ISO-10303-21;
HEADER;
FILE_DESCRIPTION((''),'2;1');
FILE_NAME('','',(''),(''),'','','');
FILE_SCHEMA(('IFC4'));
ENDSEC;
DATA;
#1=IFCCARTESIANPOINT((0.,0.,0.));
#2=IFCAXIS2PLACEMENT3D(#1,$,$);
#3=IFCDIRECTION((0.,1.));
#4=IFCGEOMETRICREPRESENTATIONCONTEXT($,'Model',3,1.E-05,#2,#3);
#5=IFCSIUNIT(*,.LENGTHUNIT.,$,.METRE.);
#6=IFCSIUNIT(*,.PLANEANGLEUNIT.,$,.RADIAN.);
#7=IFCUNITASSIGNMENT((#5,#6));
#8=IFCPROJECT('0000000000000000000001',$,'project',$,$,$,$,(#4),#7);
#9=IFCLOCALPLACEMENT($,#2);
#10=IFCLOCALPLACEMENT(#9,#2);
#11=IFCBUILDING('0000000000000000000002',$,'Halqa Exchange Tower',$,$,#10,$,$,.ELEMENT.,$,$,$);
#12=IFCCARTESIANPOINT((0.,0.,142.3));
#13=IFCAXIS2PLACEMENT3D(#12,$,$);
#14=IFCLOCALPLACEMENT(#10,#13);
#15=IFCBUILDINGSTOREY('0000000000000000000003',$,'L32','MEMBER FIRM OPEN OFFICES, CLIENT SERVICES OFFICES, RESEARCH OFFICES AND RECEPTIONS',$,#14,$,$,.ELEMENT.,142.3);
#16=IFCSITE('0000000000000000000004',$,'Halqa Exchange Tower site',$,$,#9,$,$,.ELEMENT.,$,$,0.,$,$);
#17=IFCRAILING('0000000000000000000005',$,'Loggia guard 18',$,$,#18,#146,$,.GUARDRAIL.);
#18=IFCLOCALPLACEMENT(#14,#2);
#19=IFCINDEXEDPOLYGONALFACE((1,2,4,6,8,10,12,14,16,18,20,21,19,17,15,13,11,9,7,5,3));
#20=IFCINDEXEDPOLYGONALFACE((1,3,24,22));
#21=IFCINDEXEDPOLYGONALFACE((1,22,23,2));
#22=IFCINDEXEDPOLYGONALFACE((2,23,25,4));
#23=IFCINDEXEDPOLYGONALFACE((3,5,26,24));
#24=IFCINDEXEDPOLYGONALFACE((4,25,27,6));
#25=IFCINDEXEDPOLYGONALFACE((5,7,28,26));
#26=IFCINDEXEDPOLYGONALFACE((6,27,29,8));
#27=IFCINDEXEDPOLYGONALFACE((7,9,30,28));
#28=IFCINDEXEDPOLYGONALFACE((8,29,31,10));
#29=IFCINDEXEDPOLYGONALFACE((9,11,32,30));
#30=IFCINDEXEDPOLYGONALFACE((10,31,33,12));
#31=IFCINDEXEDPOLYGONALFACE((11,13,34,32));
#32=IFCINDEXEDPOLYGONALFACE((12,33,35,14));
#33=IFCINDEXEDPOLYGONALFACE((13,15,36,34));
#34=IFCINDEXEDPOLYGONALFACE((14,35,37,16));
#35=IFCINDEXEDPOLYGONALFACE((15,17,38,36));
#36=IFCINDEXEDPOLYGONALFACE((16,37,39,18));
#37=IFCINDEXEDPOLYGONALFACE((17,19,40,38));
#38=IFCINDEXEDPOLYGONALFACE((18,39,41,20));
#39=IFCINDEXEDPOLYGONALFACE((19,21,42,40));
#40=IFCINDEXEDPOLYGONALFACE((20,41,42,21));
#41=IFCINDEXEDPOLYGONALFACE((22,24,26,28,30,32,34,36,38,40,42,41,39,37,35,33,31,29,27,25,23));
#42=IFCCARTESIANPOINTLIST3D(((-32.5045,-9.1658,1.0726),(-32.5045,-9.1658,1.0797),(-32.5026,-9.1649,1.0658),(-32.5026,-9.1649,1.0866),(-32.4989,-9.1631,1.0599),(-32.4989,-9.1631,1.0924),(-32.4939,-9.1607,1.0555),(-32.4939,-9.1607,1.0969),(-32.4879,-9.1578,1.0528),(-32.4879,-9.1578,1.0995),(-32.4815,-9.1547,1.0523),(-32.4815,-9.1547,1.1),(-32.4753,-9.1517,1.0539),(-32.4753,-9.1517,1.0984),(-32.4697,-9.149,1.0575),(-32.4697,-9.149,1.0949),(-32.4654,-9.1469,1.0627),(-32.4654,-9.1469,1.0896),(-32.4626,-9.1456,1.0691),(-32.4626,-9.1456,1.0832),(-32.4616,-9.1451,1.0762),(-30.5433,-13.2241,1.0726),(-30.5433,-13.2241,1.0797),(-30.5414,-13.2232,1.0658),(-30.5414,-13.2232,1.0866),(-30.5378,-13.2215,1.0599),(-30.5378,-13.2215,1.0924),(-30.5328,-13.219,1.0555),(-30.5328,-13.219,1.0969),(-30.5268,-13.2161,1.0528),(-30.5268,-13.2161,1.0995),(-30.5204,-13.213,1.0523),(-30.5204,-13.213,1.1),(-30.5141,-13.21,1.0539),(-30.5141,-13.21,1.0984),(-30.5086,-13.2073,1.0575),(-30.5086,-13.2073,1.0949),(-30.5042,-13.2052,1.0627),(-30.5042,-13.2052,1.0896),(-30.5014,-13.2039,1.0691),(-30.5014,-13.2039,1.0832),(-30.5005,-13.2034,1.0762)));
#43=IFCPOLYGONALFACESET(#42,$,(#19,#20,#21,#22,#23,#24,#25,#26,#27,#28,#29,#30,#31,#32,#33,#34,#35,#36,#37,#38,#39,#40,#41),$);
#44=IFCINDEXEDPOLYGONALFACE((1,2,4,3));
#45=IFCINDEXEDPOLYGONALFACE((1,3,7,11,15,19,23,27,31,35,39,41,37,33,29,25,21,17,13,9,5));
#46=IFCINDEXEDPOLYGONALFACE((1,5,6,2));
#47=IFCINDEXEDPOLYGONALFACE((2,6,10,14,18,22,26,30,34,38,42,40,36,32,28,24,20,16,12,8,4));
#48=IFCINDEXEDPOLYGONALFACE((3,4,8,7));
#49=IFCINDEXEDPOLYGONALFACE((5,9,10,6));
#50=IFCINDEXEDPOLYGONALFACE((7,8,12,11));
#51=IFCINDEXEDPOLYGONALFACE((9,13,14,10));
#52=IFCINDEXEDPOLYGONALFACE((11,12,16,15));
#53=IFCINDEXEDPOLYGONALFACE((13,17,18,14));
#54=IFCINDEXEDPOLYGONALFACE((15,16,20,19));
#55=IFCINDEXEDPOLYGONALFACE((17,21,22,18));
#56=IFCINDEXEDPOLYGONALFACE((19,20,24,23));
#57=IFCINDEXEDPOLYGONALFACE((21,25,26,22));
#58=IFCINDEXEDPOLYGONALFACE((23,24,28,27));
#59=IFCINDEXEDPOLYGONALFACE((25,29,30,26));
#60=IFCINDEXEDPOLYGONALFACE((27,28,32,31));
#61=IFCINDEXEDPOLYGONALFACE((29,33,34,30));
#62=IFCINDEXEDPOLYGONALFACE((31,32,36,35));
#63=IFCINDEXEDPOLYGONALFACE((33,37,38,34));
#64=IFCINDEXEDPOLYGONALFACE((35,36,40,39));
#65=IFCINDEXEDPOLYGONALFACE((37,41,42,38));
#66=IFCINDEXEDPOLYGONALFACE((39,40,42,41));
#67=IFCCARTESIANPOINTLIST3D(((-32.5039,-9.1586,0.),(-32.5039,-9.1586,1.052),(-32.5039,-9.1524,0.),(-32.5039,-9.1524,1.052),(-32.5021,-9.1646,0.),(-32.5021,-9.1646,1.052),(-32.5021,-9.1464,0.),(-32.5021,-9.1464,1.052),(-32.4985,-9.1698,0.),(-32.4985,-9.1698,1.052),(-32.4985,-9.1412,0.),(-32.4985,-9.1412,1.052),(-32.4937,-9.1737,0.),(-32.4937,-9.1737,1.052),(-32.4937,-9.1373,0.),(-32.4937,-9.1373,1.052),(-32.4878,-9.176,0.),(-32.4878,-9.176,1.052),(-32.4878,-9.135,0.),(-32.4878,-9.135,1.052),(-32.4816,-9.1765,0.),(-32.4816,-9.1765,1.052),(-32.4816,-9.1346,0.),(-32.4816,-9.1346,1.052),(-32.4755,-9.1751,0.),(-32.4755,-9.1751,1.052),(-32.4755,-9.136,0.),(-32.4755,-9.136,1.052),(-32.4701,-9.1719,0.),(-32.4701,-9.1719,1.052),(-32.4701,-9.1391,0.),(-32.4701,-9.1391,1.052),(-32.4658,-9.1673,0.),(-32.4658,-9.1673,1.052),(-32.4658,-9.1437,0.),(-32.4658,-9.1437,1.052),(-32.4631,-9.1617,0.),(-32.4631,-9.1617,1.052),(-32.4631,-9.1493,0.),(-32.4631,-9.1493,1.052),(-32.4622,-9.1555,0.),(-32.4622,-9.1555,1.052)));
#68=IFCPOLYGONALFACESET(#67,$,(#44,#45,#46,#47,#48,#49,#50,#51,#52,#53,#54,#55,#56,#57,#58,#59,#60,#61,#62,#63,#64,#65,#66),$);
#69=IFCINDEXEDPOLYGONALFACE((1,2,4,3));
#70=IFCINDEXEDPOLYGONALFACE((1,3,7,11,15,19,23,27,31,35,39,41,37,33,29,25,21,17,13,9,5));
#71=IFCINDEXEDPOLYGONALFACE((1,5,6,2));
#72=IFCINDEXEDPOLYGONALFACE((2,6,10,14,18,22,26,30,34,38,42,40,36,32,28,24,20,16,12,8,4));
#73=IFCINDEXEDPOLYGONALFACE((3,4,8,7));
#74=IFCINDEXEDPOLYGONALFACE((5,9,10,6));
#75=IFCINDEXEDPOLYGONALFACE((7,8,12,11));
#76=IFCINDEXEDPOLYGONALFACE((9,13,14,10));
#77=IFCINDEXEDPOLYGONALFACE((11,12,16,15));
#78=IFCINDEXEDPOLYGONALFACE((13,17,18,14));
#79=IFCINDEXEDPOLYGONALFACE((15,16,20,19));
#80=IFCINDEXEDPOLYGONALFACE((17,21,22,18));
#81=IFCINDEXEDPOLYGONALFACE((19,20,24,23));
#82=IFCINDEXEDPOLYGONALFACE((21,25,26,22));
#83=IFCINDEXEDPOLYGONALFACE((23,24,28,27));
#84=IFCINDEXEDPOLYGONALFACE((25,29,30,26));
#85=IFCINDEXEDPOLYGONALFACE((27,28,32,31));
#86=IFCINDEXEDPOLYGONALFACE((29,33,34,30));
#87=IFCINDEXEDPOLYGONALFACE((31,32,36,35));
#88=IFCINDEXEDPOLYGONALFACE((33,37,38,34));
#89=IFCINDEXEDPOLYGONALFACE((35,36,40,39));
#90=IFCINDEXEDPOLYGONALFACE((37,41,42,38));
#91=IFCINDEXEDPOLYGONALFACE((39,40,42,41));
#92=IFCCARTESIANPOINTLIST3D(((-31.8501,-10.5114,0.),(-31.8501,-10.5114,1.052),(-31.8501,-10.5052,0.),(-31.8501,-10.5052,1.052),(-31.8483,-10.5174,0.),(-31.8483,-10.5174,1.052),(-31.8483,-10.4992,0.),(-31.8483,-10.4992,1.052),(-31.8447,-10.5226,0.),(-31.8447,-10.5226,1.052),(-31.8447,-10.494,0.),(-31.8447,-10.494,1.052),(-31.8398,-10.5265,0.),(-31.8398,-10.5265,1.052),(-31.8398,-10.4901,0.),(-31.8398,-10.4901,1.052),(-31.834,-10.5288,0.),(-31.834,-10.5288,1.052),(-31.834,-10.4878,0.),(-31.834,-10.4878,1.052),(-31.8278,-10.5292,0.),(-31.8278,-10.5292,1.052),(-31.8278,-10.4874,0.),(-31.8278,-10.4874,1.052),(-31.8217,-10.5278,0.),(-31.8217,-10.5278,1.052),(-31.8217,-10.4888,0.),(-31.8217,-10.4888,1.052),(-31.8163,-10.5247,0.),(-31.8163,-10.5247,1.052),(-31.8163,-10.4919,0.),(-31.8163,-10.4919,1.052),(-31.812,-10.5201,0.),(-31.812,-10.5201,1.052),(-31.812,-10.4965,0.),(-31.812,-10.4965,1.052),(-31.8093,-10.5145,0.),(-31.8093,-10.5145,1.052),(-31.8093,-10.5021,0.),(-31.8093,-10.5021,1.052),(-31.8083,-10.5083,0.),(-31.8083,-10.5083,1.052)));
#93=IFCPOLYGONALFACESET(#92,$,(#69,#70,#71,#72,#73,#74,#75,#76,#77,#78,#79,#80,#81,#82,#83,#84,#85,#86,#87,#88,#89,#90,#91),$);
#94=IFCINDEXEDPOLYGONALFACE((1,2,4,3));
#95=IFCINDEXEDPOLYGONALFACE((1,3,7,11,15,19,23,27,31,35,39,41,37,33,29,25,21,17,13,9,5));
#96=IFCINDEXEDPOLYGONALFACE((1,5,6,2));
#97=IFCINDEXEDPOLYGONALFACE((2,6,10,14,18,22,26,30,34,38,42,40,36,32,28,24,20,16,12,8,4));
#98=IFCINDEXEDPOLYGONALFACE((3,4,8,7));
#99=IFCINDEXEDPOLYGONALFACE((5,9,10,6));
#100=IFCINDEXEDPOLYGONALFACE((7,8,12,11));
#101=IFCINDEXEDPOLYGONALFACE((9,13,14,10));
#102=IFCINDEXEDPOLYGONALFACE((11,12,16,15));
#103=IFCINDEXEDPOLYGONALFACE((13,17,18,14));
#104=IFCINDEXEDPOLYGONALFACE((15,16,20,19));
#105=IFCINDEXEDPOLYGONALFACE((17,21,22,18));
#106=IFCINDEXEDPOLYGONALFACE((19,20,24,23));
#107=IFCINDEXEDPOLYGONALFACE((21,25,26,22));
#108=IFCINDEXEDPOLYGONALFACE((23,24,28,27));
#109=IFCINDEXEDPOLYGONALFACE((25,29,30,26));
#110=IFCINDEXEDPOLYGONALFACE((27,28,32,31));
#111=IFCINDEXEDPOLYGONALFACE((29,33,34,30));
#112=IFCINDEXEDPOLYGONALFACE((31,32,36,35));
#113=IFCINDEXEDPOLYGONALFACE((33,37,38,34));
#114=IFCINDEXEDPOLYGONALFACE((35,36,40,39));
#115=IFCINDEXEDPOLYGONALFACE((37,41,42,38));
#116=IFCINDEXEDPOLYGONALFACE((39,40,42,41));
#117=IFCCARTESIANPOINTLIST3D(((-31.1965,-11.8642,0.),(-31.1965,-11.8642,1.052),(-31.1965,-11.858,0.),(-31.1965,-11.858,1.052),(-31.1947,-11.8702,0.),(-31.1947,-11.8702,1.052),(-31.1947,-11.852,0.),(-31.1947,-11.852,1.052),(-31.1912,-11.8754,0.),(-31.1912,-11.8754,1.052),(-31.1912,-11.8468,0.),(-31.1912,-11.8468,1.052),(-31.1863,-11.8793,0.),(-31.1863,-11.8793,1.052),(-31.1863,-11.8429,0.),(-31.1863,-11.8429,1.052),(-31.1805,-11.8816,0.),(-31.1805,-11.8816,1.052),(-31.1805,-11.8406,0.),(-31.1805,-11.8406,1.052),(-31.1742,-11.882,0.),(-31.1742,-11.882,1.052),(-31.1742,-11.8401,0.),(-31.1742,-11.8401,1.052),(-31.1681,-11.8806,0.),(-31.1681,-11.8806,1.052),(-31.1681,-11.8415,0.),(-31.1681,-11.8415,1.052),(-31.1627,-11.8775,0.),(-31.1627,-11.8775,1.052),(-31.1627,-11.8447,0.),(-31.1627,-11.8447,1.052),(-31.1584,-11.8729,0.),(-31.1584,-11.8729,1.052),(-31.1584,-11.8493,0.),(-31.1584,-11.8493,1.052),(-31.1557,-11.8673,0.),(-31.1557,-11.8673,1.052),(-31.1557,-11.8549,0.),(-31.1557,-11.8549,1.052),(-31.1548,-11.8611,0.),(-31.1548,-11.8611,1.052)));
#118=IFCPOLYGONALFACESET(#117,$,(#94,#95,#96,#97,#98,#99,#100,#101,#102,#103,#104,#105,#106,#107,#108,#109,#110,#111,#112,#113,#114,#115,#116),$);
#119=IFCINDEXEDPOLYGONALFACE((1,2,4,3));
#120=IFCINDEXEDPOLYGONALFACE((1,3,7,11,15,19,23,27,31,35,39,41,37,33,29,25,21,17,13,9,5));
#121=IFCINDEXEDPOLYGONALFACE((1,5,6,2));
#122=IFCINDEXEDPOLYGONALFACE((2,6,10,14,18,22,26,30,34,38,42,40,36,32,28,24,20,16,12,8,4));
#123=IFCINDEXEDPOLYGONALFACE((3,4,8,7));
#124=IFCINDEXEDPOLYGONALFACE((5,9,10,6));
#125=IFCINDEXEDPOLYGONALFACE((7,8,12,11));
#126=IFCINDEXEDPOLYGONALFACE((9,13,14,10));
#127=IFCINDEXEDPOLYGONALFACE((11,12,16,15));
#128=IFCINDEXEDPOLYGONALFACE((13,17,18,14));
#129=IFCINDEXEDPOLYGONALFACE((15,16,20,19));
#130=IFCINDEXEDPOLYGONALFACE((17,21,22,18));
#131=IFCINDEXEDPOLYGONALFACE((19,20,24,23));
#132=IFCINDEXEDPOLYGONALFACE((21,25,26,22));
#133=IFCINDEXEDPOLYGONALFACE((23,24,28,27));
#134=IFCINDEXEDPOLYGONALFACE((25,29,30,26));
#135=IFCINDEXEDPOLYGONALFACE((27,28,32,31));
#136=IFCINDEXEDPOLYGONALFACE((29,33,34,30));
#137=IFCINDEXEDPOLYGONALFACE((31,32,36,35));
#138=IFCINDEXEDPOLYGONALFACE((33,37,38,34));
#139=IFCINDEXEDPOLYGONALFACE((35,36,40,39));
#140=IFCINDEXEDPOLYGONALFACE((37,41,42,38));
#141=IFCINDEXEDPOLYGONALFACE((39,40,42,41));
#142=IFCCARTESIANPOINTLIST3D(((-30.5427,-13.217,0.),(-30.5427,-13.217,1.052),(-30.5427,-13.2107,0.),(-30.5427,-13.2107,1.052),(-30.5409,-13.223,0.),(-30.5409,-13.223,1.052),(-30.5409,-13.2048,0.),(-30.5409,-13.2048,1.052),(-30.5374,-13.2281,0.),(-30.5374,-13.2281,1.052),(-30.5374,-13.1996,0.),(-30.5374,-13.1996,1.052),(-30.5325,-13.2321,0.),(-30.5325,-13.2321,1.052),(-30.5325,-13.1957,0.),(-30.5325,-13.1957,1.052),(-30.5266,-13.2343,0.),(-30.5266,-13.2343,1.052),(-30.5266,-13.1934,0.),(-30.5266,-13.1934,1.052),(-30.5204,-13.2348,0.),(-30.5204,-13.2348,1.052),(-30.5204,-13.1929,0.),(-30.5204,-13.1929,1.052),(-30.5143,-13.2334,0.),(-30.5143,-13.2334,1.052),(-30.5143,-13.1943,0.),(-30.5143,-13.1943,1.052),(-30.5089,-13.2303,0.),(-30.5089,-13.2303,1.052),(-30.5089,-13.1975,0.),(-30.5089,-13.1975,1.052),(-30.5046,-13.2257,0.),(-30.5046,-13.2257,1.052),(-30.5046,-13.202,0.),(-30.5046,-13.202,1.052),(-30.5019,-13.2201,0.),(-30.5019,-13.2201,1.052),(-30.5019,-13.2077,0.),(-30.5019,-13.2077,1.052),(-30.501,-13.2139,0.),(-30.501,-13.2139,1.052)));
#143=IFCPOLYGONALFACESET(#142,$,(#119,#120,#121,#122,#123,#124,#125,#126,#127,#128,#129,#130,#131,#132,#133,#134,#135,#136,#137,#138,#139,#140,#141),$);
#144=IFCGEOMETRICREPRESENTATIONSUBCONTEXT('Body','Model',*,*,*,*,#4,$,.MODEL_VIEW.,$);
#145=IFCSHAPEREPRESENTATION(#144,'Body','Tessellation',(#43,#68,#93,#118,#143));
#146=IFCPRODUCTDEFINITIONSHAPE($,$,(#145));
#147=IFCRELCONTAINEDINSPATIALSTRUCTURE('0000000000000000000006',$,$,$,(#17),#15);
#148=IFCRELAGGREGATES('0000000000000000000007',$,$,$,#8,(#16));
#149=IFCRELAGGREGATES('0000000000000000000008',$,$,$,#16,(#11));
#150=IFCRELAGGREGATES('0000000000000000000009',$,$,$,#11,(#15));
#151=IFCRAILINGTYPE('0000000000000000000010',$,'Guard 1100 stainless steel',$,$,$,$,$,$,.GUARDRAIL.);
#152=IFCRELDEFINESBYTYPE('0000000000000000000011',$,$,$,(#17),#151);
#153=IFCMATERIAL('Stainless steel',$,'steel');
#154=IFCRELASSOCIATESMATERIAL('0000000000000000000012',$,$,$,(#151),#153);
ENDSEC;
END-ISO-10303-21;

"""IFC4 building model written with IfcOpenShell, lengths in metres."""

from ifc_helpers import new_model, si_unit, direction, frame, origin, origin_2d, place, context, subcontext, project, spatial, circle, extrude, material, type_object, element, save


model = new_model("IFC4")

# Units and contexts
model_context = context("Model", 3, precision=1e-05, world=origin(), true_north=direction((0.0, 1.0)))
body_context = subcontext(model_context, "Body", "Model", "MODEL_VIEW")
ifc_project = project(units=[si_unit("LENGTHUNIT", "METRE"), si_unit("PLANEANGLEUNIT", "RADIAN")], contexts=[model_context])

# Site, building, storey
site_placement = place(None, origin())
site = spatial("IfcSite", under=ifc_project, at=site_placement, Name="Halqa Exchange Tower site", CompositionType="ELEMENT", RefElevation=0.0)
building_placement = place(site_placement, origin())
building = spatial("IfcBuilding", under=site, at=building_placement, Name="Halqa Exchange Tower", CompositionType="ELEMENT")
storey_placement = place(building_placement, frame((0.0, 0.0, 142.3)))
storey = spatial("IfcBuildingStorey", under=building, at=storey_placement, Name="L32", Description="MEMBER FIRM OPEN OFFICES, CLIENT SERVICES OFFICES, RESEARCH OFFICES AND RECEPTIONS", CompositionType="ELEMENT", Elevation=142.3)

# Railing
ifc_material_1 = material(Name="Stainless steel", Category="steel")
railing_type = type_object("IfcRailingType", Name="Guard 1100 stainless steel", PredefinedType="GUARDRAIL", material=ifc_material_1)
railing_1_placement = place(storey_placement, frame((-32.4832, -9.1555, 0.0)))
element("IfcRailing", 1, at=railing_1_placement, inside=storey, type_object=railing_type, Name="Loggia guard 18", PredefinedType="GUARDRAIL", context=body_context, shape_type="SweptSolid", body=[
    extrude(circle(Radius=0.0239, at=origin_2d()), frame((0.0, 0.0, 1.0762), z_axis=(0.435105, -0.90038, 0.0), x_axis=(0.90038, 0.435105, 0.0)), (0.0, 0.0, 1.0), 4.5073),
    extrude(circle(Radius=0.021, at=origin_2d()), origin(), (0.0, 0.0, 1.0), 1.052),
    extrude(circle(Radius=0.021, at=origin_2d()), frame((0.6538, -1.3528, 0.0)), (0.0, 0.0, 1.0), 1.052),
    extrude(circle(Radius=0.021, at=origin_2d()), frame((1.3074, -2.7056, 0.0)), (0.0, 0.0, 1.0), 1.052),
    extrude(circle(Radius=0.021, at=origin_2d()), frame((1.9612, -4.0583, 0.0)), (0.0, 0.0, 1.0), 1.052),
])

save(model, "model.ifc")
